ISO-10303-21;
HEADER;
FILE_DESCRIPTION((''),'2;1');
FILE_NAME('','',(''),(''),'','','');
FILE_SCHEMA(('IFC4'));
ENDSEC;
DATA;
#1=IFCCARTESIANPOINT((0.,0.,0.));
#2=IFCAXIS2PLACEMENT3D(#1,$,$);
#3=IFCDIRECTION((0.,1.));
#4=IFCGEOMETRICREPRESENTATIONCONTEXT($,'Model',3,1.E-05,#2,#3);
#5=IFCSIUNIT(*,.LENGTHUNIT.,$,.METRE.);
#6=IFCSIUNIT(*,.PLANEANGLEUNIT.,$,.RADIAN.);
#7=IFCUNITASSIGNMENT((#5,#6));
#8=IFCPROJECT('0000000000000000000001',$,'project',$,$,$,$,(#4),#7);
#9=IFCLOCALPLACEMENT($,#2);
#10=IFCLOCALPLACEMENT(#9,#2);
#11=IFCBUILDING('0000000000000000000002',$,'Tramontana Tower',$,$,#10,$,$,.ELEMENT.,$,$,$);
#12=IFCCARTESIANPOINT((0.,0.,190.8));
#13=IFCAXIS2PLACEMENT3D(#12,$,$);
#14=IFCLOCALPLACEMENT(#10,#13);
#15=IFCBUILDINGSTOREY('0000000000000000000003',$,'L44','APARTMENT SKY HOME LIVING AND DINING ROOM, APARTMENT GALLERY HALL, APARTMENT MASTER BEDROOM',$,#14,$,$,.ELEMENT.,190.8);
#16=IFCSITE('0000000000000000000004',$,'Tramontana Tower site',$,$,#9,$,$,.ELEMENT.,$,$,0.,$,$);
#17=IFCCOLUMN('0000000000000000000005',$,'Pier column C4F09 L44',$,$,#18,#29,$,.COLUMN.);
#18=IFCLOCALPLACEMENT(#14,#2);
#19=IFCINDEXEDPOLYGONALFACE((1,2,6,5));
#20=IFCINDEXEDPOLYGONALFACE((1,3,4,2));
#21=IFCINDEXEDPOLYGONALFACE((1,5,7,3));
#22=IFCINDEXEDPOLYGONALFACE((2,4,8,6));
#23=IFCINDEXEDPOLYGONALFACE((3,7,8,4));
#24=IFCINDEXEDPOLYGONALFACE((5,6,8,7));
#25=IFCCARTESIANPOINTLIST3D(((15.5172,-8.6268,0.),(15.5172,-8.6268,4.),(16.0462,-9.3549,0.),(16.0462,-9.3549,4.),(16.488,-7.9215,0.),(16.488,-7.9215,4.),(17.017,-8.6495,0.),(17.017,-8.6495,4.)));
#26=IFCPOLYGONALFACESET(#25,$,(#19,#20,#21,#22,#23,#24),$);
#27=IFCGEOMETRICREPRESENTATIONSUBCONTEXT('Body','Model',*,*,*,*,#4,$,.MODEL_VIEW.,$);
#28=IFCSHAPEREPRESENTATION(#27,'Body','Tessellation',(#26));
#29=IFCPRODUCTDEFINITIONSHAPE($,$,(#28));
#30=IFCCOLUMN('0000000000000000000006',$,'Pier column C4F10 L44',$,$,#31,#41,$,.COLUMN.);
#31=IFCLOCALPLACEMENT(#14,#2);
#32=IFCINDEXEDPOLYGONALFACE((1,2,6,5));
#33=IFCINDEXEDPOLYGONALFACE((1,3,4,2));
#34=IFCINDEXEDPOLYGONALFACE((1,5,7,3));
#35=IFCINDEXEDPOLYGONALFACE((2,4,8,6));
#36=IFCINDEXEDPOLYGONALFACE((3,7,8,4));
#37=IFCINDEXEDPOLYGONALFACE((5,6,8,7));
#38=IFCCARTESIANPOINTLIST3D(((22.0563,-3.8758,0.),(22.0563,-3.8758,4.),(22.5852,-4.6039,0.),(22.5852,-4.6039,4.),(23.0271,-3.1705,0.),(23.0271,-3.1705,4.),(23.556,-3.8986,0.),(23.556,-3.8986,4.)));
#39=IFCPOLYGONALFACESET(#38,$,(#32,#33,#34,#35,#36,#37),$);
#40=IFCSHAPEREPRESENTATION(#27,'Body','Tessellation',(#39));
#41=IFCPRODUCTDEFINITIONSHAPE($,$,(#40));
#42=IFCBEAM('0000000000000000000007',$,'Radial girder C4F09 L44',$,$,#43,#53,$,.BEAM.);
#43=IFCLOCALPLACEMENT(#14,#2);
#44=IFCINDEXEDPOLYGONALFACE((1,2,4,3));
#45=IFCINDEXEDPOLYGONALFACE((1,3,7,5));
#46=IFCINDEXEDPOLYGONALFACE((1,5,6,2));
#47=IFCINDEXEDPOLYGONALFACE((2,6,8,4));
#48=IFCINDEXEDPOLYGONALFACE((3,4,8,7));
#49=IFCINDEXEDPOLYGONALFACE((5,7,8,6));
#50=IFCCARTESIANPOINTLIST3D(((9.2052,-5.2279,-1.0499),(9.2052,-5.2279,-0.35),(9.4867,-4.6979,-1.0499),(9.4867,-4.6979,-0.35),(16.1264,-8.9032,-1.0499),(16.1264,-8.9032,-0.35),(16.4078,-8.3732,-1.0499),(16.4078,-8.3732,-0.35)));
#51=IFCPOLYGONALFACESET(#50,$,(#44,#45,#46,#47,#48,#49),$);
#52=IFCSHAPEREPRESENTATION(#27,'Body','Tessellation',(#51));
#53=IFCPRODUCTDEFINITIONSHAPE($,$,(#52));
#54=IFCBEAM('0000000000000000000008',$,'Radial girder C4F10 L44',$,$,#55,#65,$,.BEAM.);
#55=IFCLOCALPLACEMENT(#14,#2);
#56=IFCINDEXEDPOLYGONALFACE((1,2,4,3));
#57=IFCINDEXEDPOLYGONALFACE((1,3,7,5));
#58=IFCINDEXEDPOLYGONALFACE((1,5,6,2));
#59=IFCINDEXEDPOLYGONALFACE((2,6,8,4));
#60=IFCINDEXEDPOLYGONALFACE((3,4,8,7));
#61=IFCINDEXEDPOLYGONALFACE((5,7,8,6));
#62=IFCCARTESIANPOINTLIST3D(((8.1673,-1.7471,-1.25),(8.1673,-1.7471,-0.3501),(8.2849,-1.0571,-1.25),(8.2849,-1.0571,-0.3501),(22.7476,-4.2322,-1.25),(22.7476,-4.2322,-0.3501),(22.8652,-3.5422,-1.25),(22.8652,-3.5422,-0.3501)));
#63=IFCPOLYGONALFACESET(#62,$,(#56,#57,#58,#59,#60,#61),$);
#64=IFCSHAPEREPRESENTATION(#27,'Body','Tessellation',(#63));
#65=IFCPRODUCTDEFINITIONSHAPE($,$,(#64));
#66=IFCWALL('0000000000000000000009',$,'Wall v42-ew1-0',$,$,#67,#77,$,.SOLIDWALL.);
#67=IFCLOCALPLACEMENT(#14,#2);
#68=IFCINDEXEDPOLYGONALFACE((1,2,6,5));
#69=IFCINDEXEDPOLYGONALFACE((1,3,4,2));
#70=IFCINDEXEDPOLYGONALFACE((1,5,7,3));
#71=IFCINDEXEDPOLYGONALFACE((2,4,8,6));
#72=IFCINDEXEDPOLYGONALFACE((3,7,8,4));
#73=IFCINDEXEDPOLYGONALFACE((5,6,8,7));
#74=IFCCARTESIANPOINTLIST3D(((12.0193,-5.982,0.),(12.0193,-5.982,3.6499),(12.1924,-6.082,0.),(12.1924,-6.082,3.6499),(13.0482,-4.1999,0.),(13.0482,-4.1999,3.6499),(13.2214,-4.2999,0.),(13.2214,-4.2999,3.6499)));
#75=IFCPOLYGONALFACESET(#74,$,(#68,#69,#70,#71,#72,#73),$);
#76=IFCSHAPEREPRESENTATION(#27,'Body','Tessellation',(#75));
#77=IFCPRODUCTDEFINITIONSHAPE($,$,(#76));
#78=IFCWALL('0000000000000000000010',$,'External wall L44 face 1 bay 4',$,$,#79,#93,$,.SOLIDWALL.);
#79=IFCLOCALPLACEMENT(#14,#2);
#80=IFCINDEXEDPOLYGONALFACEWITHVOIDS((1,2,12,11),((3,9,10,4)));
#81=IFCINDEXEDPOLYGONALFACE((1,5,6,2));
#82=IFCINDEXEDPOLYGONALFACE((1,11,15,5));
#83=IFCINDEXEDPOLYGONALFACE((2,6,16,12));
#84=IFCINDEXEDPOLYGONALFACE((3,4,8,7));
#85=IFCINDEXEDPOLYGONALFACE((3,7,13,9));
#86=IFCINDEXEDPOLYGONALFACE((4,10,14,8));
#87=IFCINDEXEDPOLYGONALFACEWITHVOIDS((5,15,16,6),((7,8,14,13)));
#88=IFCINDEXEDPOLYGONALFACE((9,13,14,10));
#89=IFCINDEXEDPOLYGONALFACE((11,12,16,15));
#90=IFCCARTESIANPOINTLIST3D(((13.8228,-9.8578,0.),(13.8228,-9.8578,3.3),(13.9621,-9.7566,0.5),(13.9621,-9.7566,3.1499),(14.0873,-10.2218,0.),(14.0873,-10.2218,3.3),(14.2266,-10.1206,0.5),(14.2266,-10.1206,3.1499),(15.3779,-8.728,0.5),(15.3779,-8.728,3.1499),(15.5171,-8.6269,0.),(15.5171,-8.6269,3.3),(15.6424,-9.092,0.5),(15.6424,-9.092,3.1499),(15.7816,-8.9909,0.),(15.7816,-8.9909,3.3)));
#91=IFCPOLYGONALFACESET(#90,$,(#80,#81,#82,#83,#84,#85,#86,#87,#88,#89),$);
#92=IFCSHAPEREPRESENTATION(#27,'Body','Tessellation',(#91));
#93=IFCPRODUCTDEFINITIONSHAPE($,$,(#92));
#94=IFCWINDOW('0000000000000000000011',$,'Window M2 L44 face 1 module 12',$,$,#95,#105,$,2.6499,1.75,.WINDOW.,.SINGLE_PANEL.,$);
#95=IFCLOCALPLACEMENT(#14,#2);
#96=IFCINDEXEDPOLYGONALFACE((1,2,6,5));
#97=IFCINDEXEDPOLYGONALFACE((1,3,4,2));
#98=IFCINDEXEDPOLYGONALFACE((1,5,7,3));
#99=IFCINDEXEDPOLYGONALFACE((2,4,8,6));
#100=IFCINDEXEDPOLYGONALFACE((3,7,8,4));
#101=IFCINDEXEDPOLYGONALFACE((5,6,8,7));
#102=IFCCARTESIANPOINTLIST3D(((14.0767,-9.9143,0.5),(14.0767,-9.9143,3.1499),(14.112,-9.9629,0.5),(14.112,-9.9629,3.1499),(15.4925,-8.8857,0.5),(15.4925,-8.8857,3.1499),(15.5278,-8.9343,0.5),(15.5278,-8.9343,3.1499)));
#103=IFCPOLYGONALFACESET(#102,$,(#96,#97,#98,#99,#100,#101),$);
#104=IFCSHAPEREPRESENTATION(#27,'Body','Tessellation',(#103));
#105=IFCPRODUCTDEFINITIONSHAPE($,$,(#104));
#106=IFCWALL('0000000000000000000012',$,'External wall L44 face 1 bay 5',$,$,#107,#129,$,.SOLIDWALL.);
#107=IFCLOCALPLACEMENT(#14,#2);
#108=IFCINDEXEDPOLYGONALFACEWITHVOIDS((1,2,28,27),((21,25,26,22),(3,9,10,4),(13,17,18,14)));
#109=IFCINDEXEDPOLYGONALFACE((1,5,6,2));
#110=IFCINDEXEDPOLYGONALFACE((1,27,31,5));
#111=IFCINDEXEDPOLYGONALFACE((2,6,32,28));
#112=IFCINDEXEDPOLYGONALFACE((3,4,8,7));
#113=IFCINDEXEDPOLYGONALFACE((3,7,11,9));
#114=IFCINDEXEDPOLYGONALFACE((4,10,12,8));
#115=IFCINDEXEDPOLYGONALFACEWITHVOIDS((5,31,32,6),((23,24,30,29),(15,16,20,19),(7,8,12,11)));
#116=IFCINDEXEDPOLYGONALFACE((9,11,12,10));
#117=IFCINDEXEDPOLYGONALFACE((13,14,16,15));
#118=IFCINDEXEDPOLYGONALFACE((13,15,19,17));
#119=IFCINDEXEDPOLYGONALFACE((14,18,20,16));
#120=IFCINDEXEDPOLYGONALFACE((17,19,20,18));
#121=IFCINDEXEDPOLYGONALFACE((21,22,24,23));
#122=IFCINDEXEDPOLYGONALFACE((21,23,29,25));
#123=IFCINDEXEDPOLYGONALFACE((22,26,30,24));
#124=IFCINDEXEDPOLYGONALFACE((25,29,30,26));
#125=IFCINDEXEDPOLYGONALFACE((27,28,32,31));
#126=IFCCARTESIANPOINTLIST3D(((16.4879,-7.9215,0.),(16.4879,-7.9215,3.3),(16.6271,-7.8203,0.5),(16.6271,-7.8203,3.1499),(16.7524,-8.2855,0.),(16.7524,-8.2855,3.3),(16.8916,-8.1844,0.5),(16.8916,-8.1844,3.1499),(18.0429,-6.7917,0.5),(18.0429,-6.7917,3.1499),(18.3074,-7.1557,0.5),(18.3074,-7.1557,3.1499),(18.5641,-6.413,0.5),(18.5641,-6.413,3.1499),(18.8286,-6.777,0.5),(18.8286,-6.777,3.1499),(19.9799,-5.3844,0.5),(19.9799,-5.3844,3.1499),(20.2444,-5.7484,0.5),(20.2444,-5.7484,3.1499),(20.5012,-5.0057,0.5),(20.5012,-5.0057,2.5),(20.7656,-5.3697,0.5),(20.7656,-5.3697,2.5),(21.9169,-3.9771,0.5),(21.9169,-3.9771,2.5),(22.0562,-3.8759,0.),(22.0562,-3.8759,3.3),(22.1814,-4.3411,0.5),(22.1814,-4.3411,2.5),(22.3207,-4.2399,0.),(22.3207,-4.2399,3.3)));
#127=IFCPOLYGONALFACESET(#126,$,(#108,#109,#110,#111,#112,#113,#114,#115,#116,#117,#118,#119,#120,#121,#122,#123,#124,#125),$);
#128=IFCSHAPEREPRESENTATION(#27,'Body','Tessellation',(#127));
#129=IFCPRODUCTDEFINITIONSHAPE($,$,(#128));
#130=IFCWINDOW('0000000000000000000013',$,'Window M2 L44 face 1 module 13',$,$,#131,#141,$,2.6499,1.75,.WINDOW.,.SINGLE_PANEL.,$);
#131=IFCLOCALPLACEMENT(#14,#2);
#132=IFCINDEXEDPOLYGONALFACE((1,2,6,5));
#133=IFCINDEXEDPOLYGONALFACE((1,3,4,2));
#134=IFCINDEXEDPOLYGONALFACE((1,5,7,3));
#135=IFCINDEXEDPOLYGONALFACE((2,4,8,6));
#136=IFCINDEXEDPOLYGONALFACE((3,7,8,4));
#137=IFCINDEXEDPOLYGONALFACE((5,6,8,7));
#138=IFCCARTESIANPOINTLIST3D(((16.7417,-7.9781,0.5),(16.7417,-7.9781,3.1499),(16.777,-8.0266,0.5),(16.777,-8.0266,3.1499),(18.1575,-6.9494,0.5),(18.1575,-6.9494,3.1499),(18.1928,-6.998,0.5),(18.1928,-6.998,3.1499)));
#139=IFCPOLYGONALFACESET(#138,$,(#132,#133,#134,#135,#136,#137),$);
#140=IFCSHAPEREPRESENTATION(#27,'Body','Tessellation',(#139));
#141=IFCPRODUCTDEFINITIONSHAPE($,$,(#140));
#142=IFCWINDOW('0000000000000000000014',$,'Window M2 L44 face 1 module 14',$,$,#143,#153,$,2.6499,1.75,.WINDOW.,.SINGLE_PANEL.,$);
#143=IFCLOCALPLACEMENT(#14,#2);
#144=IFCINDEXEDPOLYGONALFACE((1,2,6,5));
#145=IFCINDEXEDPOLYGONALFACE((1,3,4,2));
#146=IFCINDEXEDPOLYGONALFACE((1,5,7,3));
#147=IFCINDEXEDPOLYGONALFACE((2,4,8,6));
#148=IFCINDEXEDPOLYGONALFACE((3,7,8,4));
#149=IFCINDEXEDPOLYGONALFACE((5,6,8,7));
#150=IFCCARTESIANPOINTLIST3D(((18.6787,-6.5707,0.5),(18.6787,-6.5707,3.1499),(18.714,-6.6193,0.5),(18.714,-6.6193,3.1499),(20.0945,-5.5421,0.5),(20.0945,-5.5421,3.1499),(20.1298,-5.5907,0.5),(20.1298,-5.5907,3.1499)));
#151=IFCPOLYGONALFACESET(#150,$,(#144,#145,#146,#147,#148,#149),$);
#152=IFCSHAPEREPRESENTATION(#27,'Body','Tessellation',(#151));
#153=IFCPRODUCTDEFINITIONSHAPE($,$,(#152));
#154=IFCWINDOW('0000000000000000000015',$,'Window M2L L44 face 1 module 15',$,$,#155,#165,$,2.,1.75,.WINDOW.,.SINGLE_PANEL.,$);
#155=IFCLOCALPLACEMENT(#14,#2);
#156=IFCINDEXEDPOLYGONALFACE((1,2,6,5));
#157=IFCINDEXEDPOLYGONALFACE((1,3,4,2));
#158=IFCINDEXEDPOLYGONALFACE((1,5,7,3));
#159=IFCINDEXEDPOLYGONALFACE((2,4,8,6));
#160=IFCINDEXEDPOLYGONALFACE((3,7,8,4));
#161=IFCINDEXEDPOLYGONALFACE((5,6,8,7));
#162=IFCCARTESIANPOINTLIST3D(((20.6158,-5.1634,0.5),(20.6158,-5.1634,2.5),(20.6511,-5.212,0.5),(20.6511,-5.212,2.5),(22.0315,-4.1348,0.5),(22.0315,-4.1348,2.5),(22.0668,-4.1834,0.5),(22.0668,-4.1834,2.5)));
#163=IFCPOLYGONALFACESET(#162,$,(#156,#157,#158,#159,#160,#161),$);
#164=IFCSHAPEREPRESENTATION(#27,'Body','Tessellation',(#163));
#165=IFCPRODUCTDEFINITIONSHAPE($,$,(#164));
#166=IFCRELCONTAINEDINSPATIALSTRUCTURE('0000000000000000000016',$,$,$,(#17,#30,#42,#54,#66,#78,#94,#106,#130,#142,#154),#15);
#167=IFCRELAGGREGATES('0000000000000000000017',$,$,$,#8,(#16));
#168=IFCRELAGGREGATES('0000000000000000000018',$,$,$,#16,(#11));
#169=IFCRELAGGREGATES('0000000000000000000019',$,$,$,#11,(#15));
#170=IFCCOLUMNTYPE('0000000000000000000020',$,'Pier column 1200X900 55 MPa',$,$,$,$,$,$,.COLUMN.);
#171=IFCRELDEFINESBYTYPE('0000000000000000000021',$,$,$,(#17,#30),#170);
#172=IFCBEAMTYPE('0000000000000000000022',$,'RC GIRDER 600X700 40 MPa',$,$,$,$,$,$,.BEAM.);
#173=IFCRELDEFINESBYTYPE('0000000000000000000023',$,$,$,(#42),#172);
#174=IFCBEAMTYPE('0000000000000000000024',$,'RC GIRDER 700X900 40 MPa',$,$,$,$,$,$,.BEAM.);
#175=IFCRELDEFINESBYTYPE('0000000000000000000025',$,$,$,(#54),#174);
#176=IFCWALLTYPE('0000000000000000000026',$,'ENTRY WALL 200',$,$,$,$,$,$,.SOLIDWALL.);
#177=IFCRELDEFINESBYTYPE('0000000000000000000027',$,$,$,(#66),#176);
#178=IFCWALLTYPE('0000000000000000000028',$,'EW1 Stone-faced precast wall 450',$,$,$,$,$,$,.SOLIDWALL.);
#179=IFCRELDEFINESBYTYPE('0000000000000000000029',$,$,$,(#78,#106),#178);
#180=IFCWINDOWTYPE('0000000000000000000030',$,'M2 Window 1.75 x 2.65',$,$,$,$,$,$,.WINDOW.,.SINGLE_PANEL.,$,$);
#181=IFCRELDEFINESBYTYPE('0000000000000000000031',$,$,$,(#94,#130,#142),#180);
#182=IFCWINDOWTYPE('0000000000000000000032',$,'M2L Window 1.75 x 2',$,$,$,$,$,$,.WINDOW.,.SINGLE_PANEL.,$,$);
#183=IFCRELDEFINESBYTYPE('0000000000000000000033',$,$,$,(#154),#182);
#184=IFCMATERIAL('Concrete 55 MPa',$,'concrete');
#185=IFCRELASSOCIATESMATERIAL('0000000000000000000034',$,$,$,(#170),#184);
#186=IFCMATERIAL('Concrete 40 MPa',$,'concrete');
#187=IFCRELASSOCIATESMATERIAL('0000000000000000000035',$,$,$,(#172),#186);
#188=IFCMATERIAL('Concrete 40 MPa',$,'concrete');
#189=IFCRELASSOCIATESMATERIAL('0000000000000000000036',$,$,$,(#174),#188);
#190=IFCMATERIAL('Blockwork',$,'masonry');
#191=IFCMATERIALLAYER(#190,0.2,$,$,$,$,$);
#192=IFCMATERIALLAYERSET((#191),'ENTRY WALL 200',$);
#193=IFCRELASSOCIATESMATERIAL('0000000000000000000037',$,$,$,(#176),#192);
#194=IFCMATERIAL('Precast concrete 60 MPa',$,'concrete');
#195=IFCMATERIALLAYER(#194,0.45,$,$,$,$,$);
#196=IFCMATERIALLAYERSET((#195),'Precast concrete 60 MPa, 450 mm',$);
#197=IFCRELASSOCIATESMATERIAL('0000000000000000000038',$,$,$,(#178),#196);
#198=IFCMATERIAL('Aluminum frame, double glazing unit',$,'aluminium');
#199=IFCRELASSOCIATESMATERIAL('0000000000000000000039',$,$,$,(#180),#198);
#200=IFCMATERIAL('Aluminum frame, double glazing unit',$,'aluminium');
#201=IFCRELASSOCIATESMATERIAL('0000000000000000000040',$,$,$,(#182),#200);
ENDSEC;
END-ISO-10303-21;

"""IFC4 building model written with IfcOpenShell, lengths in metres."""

from ifc_helpers import new_model, si_unit, direction, frame, frame_2d, origin, origin_2d, place, context, subcontext, project, spatial, rectangle, extrude, material, layer, layer_set, material_profile, profile_set, type_object, element, fill, save


model = new_model("IFC4")

# Units and contexts
model_context = context("Model", 3, precision=1e-05, world=origin(), true_north=direction((0.0, 1.0)))
body_context = subcontext(model_context, "Body", "Model", "MODEL_VIEW")
ifc_project = project(units=[si_unit("LENGTHUNIT", "METRE"), si_unit("PLANEANGLEUNIT", "RADIAN")], contexts=[model_context])

# Site, building, storey
site_placement = place(None, origin())
site = spatial("IfcSite", under=ifc_project, at=site_placement, Name="Tramontana Tower site", CompositionType="ELEMENT", RefElevation=0.0)
building_placement = place(site_placement, origin())
building = spatial("IfcBuilding", under=site, at=building_placement, Name="Tramontana Tower", CompositionType="ELEMENT")
storey_placement = place(building_placement, frame((0.0, 0.0, 190.8)))
storey = spatial("IfcBuildingStorey", under=building, at=storey_placement, Name="L44", Description="APARTMENT SKY HOME LIVING AND DINING ROOM, APARTMENT GALLERY HALL, APARTMENT MASTER BEDROOM", CompositionType="ELEMENT", Elevation=190.8)

# Columns
ifc_material_1 = material(Name="Concrete 55 MPa", Category="concrete")
ifc_material_profile_1 = material_profile(ifc_material_1, rectangle(XDim=1.2, YDim=0.8999, at=origin_2d()), Name="Pier column 1200X900 55 MPa")
ifc_profile_set_1 = profile_set([ifc_material_profile_1], Name="Concrete 55 MPa")
column_type = type_object("IfcColumnType", Name="Pier column 1200X900 55 MPa", PredefinedType="COLUMN", material=ifc_profile_set_1)
for number, where, z_axis, x_axis, name in (
    (1, (16.2671, -8.6382, 0.0), (0.0, 0.0, 1.0), (0.809017, 0.587785, 0.0), "Pier column C4F09 L44"),
    (2, (22.8062, -3.8872, 0.0), (0.0, 0.0, 1.0), (0.809017, 0.587785, 0.0), "Pier column C4F10 L44"),
):
    element("IfcColumn", number, at=place(storey_placement, frame(where, z_axis=z_axis, x_axis=x_axis)), inside=storey, type_object=column_type, Name=name, PredefinedType="COLUMN", context=body_context, shape_type="SweptSolid", body=[
        extrude(rectangle(XDim=1.2, YDim=0.8999, at=origin_2d()), origin(), (0.0, 0.0, 1.0), 4.0),
    ])

# Beams
ifc_material_2 = material(Name="Concrete 40 MPa", Category="concrete")
ifc_material_profile_2 = material_profile(ifc_material_2, rectangle(XDim=0.6001, YDim=0.7, at=origin_2d()), Name="RC GIRDER 600X700 40 MPa")
ifc_profile_set_2 = profile_set([ifc_material_profile_2], Name="Concrete 40 MPa")
beam_type_1 = type_object("IfcBeamType", Name="RC GIRDER 600X700 40 MPa", PredefinedType="BEAM", material=ifc_profile_set_2)
beam_1_placement = place(storey_placement, frame((16.2671, -8.6382, -0.7), z_axis=(-0.883198, 0.469, 0.0), x_axis=(-0.469, -0.883198, 0.0)))
element("IfcBeam", 3, at=beam_1_placement, inside=storey, type_object=beam_type_1, Name="Radial girder C4F09 L44", PredefinedType="BEAM", context=body_context, shape_type="SweptSolid", body=[
    extrude(rectangle(XDim=0.6001, YDim=0.7, at=origin_2d()), origin(), (0.0, 0.0, 1.0), 7.8364),
])
ifc_material_3 = material(Name="Concrete 40 MPa", Category="concrete")
ifc_material_profile_3 = material_profile(ifc_material_3, rectangle(XDim=0.7, YDim=0.8999, at=origin_2d()), Name="RC GIRDER 700X900 40 MPa")
ifc_profile_set_3 = profile_set([ifc_material_profile_3], Name="Concrete 40 MPa")
beam_type_2 = type_object("IfcBeamType", Name="RC GIRDER 700X900 40 MPa", PredefinedType="BEAM", material=ifc_profile_set_3)
beam_2_placement = place(storey_placement, frame((22.8064, -3.8872, -0.8), z_axis=(-0.985784, 0.168019, 0.0), x_axis=(-0.168019, -0.985784, 0.0)))
element("IfcBeam", 4, at=beam_2_placement, inside=storey, type_object=beam_type_2, Name="Radial girder C4F10 L44", PredefinedType="BEAM", context=body_context, shape_type="SweptSolid", body=[
    extrude(rectangle(XDim=0.7, YDim=0.8999, at=origin_2d()), origin(), (0.0, 0.0, 1.0), 14.7905),
])

# Wall
ifc_material_4 = material(Name="Blockwork", Category="masonry")
ifc_layer_1 = layer(ifc_material_4, 0.2)
ifc_layer_set_1 = layer_set([ifc_layer_1], Name="ENTRY WALL 200")
wall_type_1 = type_object("IfcWallType", Name="ENTRY WALL 200", PredefinedType="SOLIDWALL", material=ifc_layer_set_1)
wall_1_placement = place(storey_placement, frame((13.1348, -4.25, 0.0), z_axis=(0.0, 0.0, 1.0), x_axis=(-0.500031, -0.866008, 0.0)))
element("IfcWall", 5, at=wall_1_placement, inside=storey, type_object=wall_type_1, Name="Wall v42-ew1-0", PredefinedType="SOLIDWALL", context=body_context, shape_type="SweptSolid", body=[
    extrude(rectangle(XDim=2.0579, YDim=0.2, at=frame_2d((1.0288, 0.0))), origin(), (0.0, 0.0, 1.0), 3.6499),
])

# Wall, opening, window
ifc_material_5 = material(Name="Precast concrete 60 MPa", Category="concrete")
ifc_layer_2 = layer(ifc_material_5, 0.45)
ifc_layer_set_2 = layer_set([ifc_layer_2], Name="Precast concrete 60 MPa, 450 mm")
wall_type_2 = type_object("IfcWallType", Name="EW1 Stone-faced precast wall 450", PredefinedType="SOLIDWALL", material=ifc_layer_set_2)
wall_2_placement = place(storey_placement, frame((13.9551, -10.0398, 0.0), z_axis=(0.0, 0.0, 1.0), x_axis=(0.809028, 0.58777, 0.0)))
wall_2 = element("IfcWall", 6, at=wall_2_placement, inside=storey, type_object=wall_type_2, Name="External wall L44 face 1 bay 4", PredefinedType="SOLIDWALL", context=body_context, shape_type="SweptSolid", body=[
    extrude(rectangle(XDim=2.0942, YDim=0.45, at=frame_2d((1.0471, 0.0))), origin(), (0.0, 0.0, 1.0), 3.3),
])
opening_1_placement = place(wall_2_placement, frame((0.1721, 0.0, 0.5)))
opening_1 = element("IfcOpeningElement", 7, at=opening_1_placement, cuts=wall_2, PredefinedType="OPENING", context=body_context, shape_type="SweptSolid", body=[
    extrude(rectangle(XDim=1.75, YDim=2.6499, at=frame_2d((0.875, 1.325))), frame((0.0, 0.2349, 0.0), z_axis=(0.0, -1.0, 0.0), x_axis=(1.0, 0.0, 0.0)), (0.0, 0.0, 1.0), 0.47),
])
ifc_material_6 = material(Name="Aluminum frame, double glazing unit", Category="aluminium")
window_type_1 = type_object("IfcWindowType", Name="M2 Window 1.75 x 2.65", PartitioningType="SINGLE_PANEL", PredefinedType="WINDOW", material=ifc_material_6)
window_1_placement = place(opening_1_placement, origin())
window_1 = element("IfcWindow", 8, at=window_1_placement, inside=storey, type_object=window_type_1, Name="Window M2 L44 face 1 module 12", OverallHeight=2.6499, OverallWidth=1.75, PartitioningType="SINGLE_PANEL", PredefinedType="WINDOW", context=body_context, shape_type="SweptSolid", body=[
    extrude(rectangle(XDim=1.75, YDim=2.6499, at=frame_2d((0.875, 1.325))), frame((0.0, 0.03, 0.0), z_axis=(0.0, -1.0, 0.0), x_axis=(1.0, 0.0, 0.0)), (0.0, 0.0, 1.0), 0.0601),
])
fill(opening_1, window_1)

# Wall, openings, windows
wall_3_placement = place(storey_placement, frame((16.6201, -8.1035, 0.0), z_axis=(0.0, 0.0, 1.0), x_axis=(0.809017, 0.587786, 0.0)))
wall_3 = element("IfcWall", 9, at=wall_3_placement, inside=storey, type_object=wall_type_2, Name="External wall L44 face 1 bay 5", PredefinedType="SOLIDWALL", context=body_context, shape_type="SweptSolid", body=[
    extrude(rectangle(XDim=6.8828, YDim=0.45, at=frame_2d((3.4414, 0.0))), origin(), (0.0, 0.0, 1.0), 3.3),
])
opening_2_placement = place(wall_3_placement, frame((0.1721, 0.0, 0.5)))
opening_2 = element("IfcOpeningElement", 10, at=opening_2_placement, cuts=wall_3, PredefinedType="OPENING", context=body_context, shape_type="SweptSolid", body=[
    extrude(rectangle(XDim=1.75, YDim=2.6499, at=frame_2d((0.875, 1.325))), frame((0.0, 0.2349, 0.0), z_axis=(0.0, -1.0, 0.0), x_axis=(1.0, 0.0, 0.0)), (0.0, 0.0, 1.0), 0.47),
])
opening_3_placement = place(wall_3_placement, frame((2.5664, 0.0, 0.5)))
opening_3 = element("IfcOpeningElement", 11, at=opening_3_placement, cuts=wall_3, PredefinedType="OPENING", context=body_context, shape_type="SweptSolid", body=[
    extrude(rectangle(XDim=1.75, YDim=2.6499, at=frame_2d((0.875, 1.325))), frame((0.0, 0.2349, 0.0), z_axis=(0.0, -1.0, 0.0), x_axis=(1.0, 0.0, 0.0)), (0.0, 0.0, 1.0), 0.47),
])
opening_4_placement = place(wall_3_placement, frame((4.9607, 0.0, 0.5)))
opening_4 = element("IfcOpeningElement", 12, at=opening_4_placement, cuts=wall_3, PredefinedType="OPENING", context=body_context, shape_type="SweptSolid", body=[
    extrude(rectangle(XDim=1.75, YDim=2.0, at=frame_2d((0.875, 1.0))), frame((0.0, 0.2349, 0.0), z_axis=(0.0, -1.0, 0.0), x_axis=(1.0, 0.0, 0.0)), (0.0, 0.0, 1.0), 0.47),
])
window_2_placement = place(opening_2_placement, origin())
window_2 = element("IfcWindow", 13, at=window_2_placement, inside=storey, type_object=window_type_1, Name="Window M2 L44 face 1 module 13", OverallHeight=2.6499, OverallWidth=1.75, PartitioningType="SINGLE_PANEL", PredefinedType="WINDOW", context=body_context, shape_type="SweptSolid", body=[
    extrude(rectangle(XDim=1.75, YDim=2.6499, at=frame_2d((0.875, 1.325))), frame((0.0, 0.03, 0.0), z_axis=(0.0, -1.0, 0.0), x_axis=(1.0, 0.0, 0.0)), (0.0, 0.0, 1.0), 0.0601),
])
fill(opening_2, window_2)
window_3_placement = place(opening_3_placement, origin())
window_3 = element("IfcWindow", 14, at=window_3_placement, inside=storey, type_object=window_type_1, Name="Window M2 L44 face 1 module 14", OverallHeight=2.6499, OverallWidth=1.75, PartitioningType="SINGLE_PANEL", PredefinedType="WINDOW", context=body_context, shape_type="SweptSolid", body=[
    extrude(rectangle(XDim=1.75, YDim=2.6499, at=frame_2d((0.875, 1.325))), frame((0.0, 0.03, 0.0), z_axis=(0.0, -1.0, 0.0), x_axis=(1.0, 0.0, 0.0)), (0.0, 0.0, 1.0), 0.0601),
])
fill(opening_3, window_3)
ifc_material_7 = material(Name="Aluminum frame, double glazing unit", Category="aluminium")
window_type_2 = type_object("IfcWindowType", Name="M2L Window 1.75 x 2", PartitioningType="SINGLE_PANEL", PredefinedType="WINDOW", material=ifc_material_7)
window_4_placement = place(opening_4_placement, origin())
window_4 = element("IfcWindow", 15, at=window_4_placement, inside=storey, type_object=window_type_2, Name="Window M2L L44 face 1 module 15", OverallHeight=2.0, OverallWidth=1.75, PartitioningType="SINGLE_PANEL", PredefinedType="WINDOW", context=body_context, shape_type="SweptSolid", body=[
    extrude(rectangle(XDim=1.75, YDim=2.0, at=frame_2d((0.875, 1.0))), frame((0.0, 0.03, 0.0), z_axis=(0.0, -1.0, 0.0), x_axis=(1.0, 0.0, 0.0)), (0.0, 0.0, 1.0), 0.0601),
])
fill(opening_4, window_4)

save(model, "model.ifc")
